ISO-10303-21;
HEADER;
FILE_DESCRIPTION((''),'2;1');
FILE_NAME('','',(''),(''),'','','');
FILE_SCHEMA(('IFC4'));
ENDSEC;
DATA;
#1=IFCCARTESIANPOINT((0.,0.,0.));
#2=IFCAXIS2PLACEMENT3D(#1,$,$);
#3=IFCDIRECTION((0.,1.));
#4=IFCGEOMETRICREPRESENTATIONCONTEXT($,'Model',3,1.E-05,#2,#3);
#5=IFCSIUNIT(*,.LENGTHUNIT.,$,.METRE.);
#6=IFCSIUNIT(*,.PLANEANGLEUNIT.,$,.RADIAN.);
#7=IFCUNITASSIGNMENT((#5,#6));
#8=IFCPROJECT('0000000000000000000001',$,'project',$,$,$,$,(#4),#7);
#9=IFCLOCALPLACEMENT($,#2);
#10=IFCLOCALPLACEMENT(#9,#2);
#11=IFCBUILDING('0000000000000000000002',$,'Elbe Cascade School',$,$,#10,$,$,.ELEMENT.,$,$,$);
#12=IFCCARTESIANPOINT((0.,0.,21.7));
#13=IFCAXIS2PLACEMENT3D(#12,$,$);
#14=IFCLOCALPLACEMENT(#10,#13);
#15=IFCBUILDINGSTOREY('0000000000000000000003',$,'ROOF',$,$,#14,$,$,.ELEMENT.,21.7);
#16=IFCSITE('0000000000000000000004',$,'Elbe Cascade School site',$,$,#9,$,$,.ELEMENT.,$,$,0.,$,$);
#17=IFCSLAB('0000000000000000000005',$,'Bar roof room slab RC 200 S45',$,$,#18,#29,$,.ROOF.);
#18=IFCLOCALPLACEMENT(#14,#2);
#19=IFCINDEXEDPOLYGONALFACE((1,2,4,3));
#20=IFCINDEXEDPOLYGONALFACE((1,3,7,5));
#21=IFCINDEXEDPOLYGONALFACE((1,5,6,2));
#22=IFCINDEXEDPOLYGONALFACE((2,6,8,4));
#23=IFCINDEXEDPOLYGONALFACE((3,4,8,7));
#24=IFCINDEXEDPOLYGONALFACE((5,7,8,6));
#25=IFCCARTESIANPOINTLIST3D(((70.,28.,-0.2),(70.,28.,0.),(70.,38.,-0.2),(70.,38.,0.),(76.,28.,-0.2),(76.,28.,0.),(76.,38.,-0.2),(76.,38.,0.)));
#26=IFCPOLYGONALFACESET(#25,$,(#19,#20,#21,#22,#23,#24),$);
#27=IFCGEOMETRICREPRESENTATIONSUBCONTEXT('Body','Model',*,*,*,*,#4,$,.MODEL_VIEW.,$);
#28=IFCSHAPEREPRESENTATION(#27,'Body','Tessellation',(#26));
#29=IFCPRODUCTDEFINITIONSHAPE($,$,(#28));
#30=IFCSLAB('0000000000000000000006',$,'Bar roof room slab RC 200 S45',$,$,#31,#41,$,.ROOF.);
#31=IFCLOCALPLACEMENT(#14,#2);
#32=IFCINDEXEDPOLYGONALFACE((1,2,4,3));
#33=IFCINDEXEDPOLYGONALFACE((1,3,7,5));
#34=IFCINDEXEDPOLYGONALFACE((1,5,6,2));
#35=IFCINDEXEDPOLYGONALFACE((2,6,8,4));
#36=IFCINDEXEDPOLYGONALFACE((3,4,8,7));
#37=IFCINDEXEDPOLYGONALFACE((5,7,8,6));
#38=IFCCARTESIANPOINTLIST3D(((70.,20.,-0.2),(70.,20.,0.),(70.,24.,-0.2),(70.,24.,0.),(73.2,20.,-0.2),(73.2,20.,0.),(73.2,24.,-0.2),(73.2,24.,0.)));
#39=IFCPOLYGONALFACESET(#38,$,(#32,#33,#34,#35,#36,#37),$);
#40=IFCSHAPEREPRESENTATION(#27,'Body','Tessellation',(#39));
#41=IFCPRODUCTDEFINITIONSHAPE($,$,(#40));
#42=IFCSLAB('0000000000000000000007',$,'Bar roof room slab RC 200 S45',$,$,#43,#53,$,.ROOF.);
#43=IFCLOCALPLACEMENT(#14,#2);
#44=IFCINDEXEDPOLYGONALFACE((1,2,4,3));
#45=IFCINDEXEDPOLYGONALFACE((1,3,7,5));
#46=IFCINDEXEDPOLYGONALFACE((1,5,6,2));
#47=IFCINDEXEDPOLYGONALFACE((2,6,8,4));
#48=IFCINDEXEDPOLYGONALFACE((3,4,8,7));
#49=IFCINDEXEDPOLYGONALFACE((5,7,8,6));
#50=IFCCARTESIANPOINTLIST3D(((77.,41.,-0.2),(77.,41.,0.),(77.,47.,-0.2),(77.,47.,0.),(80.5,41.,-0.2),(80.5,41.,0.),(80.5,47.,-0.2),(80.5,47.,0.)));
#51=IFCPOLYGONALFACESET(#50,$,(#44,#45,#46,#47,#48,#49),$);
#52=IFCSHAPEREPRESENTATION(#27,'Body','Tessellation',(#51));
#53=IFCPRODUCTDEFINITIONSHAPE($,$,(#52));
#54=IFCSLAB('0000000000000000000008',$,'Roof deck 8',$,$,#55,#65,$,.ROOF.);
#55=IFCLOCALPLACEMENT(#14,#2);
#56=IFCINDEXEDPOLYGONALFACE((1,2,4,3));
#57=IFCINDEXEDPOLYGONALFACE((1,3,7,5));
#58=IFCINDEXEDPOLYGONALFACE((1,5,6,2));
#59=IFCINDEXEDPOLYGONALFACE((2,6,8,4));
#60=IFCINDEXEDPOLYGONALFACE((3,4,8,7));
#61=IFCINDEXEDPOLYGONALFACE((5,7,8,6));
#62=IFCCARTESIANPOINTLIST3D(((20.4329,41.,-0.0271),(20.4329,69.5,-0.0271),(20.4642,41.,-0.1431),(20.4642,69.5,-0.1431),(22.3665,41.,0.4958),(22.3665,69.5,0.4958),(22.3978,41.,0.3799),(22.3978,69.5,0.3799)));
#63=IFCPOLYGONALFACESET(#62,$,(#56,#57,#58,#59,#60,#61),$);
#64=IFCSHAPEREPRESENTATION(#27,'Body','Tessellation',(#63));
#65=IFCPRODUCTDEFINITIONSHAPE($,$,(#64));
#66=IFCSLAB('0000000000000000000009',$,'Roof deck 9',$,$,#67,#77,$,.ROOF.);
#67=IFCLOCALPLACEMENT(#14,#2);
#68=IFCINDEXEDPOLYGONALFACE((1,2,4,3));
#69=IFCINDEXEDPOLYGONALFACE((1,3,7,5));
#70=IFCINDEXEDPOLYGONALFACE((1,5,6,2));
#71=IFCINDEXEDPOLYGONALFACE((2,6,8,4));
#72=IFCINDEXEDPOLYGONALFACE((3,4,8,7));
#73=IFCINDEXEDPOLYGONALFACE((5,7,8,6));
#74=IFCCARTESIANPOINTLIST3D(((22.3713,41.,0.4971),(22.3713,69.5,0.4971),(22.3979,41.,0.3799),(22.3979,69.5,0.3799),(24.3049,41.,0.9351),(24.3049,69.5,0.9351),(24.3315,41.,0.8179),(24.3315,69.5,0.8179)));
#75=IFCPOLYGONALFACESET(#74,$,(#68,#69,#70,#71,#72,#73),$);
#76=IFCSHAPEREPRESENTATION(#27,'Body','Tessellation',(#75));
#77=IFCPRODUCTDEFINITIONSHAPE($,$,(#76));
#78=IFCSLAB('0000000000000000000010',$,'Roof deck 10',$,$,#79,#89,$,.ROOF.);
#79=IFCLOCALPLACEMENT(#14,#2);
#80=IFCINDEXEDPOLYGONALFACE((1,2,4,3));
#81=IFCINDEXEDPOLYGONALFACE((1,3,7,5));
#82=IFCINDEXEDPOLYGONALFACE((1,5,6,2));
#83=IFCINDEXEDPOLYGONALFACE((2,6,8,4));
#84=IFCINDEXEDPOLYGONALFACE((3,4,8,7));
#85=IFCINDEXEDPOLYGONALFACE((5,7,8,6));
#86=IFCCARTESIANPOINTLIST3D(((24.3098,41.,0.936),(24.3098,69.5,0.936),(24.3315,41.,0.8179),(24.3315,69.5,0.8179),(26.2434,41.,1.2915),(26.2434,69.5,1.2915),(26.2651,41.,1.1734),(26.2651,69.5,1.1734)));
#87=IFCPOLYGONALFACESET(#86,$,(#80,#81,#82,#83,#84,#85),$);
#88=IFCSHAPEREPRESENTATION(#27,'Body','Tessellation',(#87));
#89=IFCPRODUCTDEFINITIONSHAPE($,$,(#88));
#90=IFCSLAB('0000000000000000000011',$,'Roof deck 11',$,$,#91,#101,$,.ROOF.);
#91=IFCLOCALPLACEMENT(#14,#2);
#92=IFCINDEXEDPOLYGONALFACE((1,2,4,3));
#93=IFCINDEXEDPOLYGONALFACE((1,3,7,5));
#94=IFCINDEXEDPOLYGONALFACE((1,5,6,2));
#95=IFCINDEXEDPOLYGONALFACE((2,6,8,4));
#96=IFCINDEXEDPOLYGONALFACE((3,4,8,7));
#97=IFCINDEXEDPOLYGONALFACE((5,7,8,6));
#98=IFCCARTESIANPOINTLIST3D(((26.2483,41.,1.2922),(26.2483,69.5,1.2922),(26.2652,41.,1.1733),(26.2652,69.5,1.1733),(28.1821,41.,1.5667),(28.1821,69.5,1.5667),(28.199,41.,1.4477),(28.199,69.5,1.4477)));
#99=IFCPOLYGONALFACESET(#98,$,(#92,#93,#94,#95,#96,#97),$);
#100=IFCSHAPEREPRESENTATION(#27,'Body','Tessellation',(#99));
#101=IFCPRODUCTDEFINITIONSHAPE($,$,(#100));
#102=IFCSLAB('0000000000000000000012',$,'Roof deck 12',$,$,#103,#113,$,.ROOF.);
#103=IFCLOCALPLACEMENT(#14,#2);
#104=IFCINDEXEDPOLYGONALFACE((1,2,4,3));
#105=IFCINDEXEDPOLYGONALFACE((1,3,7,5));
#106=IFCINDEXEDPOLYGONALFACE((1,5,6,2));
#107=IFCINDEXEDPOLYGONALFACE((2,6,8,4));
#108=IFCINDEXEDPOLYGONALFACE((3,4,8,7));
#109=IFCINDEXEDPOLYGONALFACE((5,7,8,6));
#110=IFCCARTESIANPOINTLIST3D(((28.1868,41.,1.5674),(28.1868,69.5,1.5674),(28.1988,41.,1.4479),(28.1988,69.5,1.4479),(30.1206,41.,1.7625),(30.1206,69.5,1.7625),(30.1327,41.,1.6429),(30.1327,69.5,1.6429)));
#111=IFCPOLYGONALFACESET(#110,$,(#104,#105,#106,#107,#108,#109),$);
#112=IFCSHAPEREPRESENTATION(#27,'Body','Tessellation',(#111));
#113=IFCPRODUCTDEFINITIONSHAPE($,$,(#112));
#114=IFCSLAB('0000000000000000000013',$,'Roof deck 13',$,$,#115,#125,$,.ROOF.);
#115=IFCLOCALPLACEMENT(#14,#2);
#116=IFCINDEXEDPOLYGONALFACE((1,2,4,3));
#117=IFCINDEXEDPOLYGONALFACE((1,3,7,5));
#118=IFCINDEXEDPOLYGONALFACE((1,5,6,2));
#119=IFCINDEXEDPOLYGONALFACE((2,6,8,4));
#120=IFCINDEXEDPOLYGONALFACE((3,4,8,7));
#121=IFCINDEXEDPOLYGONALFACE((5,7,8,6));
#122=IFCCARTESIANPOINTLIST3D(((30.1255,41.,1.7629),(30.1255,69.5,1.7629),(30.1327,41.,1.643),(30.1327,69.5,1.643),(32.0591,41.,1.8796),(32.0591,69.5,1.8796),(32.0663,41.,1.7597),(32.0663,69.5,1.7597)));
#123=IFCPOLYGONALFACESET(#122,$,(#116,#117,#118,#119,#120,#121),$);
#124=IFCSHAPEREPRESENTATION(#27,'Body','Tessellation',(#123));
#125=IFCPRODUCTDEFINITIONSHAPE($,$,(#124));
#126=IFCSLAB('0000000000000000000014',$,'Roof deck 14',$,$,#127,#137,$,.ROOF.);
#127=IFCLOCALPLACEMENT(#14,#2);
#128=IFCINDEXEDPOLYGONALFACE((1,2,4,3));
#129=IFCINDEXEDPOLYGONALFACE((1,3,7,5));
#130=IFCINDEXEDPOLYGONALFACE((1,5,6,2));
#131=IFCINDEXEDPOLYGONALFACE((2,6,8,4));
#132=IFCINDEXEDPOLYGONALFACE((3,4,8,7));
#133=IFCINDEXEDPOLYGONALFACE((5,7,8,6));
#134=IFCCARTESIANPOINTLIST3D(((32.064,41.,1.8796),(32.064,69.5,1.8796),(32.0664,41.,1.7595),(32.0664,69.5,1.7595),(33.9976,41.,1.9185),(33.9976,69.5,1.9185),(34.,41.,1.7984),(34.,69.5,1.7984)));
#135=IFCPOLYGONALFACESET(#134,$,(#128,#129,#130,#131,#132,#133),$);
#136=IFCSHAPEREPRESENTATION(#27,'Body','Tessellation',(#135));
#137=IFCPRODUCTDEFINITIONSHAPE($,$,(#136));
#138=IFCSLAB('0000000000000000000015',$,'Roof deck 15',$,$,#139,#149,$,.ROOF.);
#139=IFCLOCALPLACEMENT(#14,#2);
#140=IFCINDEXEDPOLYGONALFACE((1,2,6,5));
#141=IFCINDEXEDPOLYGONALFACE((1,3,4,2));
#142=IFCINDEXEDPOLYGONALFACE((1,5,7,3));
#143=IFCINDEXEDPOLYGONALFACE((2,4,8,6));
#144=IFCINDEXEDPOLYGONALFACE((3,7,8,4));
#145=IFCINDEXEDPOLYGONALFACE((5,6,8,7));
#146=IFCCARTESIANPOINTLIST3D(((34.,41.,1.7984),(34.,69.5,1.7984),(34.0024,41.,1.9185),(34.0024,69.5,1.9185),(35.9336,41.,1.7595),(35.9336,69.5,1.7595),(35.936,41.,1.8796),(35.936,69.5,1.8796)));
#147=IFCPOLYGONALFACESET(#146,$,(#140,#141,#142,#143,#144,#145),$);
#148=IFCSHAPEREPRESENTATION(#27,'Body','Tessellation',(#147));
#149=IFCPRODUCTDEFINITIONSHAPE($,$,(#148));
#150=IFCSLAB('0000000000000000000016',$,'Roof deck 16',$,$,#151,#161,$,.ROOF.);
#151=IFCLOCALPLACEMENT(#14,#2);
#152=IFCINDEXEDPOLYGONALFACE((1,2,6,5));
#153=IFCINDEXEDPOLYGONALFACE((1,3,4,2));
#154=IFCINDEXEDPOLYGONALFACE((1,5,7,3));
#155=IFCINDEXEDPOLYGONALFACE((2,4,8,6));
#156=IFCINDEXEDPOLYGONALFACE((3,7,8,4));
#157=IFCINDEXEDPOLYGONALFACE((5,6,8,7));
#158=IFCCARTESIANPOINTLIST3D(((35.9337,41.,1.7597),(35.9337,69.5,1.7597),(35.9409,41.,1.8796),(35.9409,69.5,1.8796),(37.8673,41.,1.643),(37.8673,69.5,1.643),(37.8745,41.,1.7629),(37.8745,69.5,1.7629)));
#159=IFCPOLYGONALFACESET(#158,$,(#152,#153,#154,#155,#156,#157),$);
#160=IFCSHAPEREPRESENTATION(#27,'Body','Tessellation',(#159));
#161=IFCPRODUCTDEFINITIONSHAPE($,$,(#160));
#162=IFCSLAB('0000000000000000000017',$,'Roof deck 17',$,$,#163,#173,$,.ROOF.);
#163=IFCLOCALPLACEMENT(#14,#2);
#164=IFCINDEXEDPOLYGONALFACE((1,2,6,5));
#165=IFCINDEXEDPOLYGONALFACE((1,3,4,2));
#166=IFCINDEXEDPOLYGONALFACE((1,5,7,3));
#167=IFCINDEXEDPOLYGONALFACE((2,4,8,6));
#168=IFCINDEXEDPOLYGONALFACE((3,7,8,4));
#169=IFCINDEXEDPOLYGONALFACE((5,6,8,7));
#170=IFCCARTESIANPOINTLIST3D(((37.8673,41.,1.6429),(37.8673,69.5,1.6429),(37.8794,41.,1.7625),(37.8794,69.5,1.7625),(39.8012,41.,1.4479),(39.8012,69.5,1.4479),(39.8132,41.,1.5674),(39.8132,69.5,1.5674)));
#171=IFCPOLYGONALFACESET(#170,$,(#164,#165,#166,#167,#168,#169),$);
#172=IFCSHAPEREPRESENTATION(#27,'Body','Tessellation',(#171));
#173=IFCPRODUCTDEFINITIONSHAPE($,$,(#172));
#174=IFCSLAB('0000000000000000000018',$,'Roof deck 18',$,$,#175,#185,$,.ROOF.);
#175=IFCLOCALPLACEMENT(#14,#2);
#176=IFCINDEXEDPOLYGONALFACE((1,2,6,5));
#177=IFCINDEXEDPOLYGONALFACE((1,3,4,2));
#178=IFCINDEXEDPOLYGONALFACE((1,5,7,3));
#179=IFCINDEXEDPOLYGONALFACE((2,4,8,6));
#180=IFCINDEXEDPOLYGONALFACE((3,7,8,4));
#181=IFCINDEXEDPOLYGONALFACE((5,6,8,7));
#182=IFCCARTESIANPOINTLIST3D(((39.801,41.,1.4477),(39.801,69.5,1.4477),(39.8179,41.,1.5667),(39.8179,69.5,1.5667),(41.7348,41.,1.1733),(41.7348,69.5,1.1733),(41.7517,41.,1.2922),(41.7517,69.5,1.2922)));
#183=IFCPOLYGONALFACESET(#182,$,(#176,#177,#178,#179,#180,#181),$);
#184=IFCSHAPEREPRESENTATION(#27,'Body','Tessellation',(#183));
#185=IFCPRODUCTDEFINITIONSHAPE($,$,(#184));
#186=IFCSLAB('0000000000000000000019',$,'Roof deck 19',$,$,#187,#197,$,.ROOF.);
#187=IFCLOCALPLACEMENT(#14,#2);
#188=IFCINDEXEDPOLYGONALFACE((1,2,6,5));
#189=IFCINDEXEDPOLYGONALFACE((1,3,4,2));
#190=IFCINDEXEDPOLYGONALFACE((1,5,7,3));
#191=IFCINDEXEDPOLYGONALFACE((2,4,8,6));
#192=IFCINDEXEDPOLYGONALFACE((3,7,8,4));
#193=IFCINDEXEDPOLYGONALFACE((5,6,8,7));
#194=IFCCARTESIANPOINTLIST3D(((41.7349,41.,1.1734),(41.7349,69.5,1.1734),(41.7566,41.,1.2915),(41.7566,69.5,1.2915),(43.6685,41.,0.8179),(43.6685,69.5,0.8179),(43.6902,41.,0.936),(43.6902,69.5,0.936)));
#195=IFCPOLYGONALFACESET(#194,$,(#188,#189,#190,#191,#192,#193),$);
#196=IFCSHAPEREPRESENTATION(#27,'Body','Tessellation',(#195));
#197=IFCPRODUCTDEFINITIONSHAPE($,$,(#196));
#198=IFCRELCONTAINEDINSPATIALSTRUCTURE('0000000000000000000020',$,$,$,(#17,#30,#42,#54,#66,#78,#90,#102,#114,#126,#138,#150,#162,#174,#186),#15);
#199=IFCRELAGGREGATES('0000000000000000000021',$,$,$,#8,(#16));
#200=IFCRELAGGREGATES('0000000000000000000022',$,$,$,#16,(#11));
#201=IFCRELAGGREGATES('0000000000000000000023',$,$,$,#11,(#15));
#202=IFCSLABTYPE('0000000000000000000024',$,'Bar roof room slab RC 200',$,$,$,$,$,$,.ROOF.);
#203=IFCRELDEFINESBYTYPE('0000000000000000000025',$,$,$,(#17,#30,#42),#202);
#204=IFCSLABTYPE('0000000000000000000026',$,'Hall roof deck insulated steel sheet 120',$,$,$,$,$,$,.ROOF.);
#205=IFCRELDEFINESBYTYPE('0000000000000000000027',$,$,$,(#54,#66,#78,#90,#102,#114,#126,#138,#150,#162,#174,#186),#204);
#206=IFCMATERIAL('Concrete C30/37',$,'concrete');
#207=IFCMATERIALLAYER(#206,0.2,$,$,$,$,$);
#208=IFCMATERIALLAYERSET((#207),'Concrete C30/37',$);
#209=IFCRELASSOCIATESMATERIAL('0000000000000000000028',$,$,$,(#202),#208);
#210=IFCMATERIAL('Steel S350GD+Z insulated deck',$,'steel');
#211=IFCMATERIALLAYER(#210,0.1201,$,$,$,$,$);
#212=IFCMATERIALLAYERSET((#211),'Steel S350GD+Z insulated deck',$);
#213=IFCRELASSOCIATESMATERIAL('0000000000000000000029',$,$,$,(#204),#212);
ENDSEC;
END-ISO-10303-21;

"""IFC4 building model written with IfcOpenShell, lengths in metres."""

from ifc_helpers import new_model, si_unit, direction, frame, origin, place, context, subcontext, project, spatial, polyline, outline, extrude, material, layer, layer_set, type_object, element, save


model = new_model("IFC4")

# Units and contexts
model_context = context("Model", 3, precision=1e-05, world=origin(), true_north=direction((0.0, 1.0)))
body_context = subcontext(model_context, "Body", "Model", "MODEL_VIEW")
ifc_project = project(units=[si_unit("LENGTHUNIT", "METRE"), si_unit("PLANEANGLEUNIT", "RADIAN")], contexts=[model_context])

# Site, building, storey
site_placement = place(None, origin())
site = spatial("IfcSite", under=ifc_project, at=site_placement, Name="Elbe Cascade School site", CompositionType="ELEMENT", RefElevation=0.0)
building_placement = place(site_placement, origin())
building = spatial("IfcBuilding", under=site, at=building_placement, Name="Elbe Cascade School", CompositionType="ELEMENT")
storey_placement = place(building_placement, frame((0.0, 0.0, 21.7)))
storey = spatial("IfcBuildingStorey", under=building, at=storey_placement, Name="ROOF", CompositionType="ELEMENT", Elevation=21.7)

# Slabs
ifc_material_1 = material(Name="Concrete C30/37", Category="concrete")
ifc_layer_1 = layer(ifc_material_1, 0.2)
ifc_layer_set_1 = layer_set([ifc_layer_1], Name="Concrete C30/37")
slab_type_1 = type_object("IfcSlabType", Name="Bar roof room slab RC 200", PredefinedType="ROOF", material=ifc_layer_set_1)
slab_1_placement = place(storey_placement, frame((0.0, 0.0, -0.2)))
element("IfcSlab", 1, at=slab_1_placement, inside=storey, type_object=slab_type_1, Name="Bar roof room slab RC 200 S45", PredefinedType="ROOF", context=body_context, shape_type="SweptSolid", body=[
    extrude(outline(polyline([(70.0, 28.0), (76.0, 28.0), (76.0, 38.0), (70.0, 38.0), (70.0, 28.0)])), origin(), (0.0, 0.0, 1.0), 0.2),
])
slab_2_placement = place(storey_placement, frame((0.0, 0.0, -0.2)))
element("IfcSlab", 2, at=slab_2_placement, inside=storey, type_object=slab_type_1, Name="Bar roof room slab RC 200 S45", PredefinedType="ROOF", context=body_context, shape_type="SweptSolid", body=[
    extrude(outline(polyline([(70.0, 20.0), (73.2, 20.0), (73.2, 24.0), (70.0, 24.0), (70.0, 20.0)])), origin(), (0.0, 0.0, 1.0), 0.2),
])
slab_3_placement = place(storey_placement, frame((0.0, 0.0, -0.2)))
element("IfcSlab", 3, at=slab_3_placement, inside=storey, type_object=slab_type_1, Name="Bar roof room slab RC 200 S45", PredefinedType="ROOF", context=body_context, shape_type="SweptSolid", body=[
    extrude(outline(polyline([(77.0, 41.0), (80.5, 41.0), (80.5, 47.0), (77.0, 47.0), (77.0, 41.0)])), origin(), (0.0, 0.0, 1.0), 0.2),
])
ifc_material_2 = material(Name="Steel S350GD+Z insulated deck", Category="steel")
ifc_layer_2 = layer(ifc_material_2, 0.1201)
ifc_layer_set_2 = layer_set([ifc_layer_2], Name="Steel S350GD+Z insulated deck")
slab_type_2 = type_object("IfcSlabType", Name="Hall roof deck insulated steel sheet 120", PredefinedType="ROOF", material=ifc_layer_set_2)
slab_4_placement = place(storey_placement, frame((20.4329, 41.0, -0.0271), z_axis=(-0.261075, 0.0, 0.965319), x_axis=(0.965319, 0.0, 0.261075)))
element("IfcSlab", 4, at=slab_4_placement, inside=storey, type_object=slab_type_2, Name="Roof deck 8", PredefinedType="ROOF", context=body_context, shape_type="SweptSolid", body=[
    extrude(outline(polyline([(0.0, 0.0), (2.0031, 0.0), (2.0031, 28.5), (0.0, 28.5), (0.0, 0.0)])), origin(), (0.0, 0.0, -1.0), 0.1201),
])
slab_5_placement = place(storey_placement, frame((22.3713, 41.0, 0.4971), z_axis=(-0.220918, 0.0, 0.975292), x_axis=(0.975292, 0.0, 0.220918)))
element("IfcSlab", 5, at=slab_5_placement, inside=storey, type_object=slab_type_2, Name="Roof deck 9", PredefinedType="ROOF", context=body_context, shape_type="SweptSolid", body=[
    extrude(outline(polyline([(0.0, 0.0), (1.9826, 0.0), (1.9826, 28.5), (0.0, 28.5), (0.0, 0.0)])), origin(), (0.0, 0.0, -1.0), 0.1201),
])
slab_6_placement = place(storey_placement, frame((24.3098, 41.0, 0.936), z_axis=(-0.180808, 0.0, 0.983518), x_axis=(0.983518, 0.0, 0.180808)))
element("IfcSlab", 6, at=slab_6_placement, inside=storey, type_object=slab_type_2, Name="Roof deck 10", PredefinedType="ROOF", context=body_context, shape_type="SweptSolid", body=[
    extrude(outline(polyline([(0.0, 0.0), (1.966, 0.0), (1.966, 28.5), (0.0, 28.5), (0.0, 0.0)])), origin(), (0.0, 0.0, -1.0), 0.1201),
])
slab_7_placement = place(storey_placement, frame((26.2483, 41.0, 1.2922), z_axis=(-0.140494, 0.0, 0.990082), x_axis=(0.990082, 0.0, 0.140494)))
element("IfcSlab", 7, at=slab_7_placement, inside=storey, type_object=slab_type_2, Name="Roof deck 11", PredefinedType="ROOF", context=body_context, shape_type="SweptSolid", body=[
    extrude(outline(polyline([(0.0, 0.0), (1.9532, 0.0), (1.9532, 28.5), (0.0, 28.5), (0.0, 0.0)])), origin(), (0.0, 0.0, -1.0), 0.1201),
])
slab_8_placement = place(storey_placement, frame((28.1868, 41.0, 1.5674), z_axis=(-0.100362, 0.0, 0.994951), x_axis=(0.994951, 0.0, 0.100362)))
element("IfcSlab", 8, at=slab_8_placement, inside=storey, type_object=slab_type_2, Name="Roof deck 12", PredefinedType="ROOF", context=body_context, shape_type="SweptSolid", body=[
    extrude(outline(polyline([(0.0, 0.0), (1.9437, 0.0), (1.9437, 28.5), (0.0, 28.5), (0.0, 0.0)])), origin(), (0.0, 0.0, -1.0), 0.1201),
])
slab_9_placement = place(storey_placement, frame((30.1255, 41.0, 1.7629), z_axis=(-0.060244, 0.0, 0.998184), x_axis=(0.998184, 0.0, 0.060244)))
element("IfcSlab", 9, at=slab_9_placement, inside=storey, type_object=slab_type_2, Name="Roof deck 13", PredefinedType="ROOF", context=body_context, shape_type="SweptSolid", body=[
    extrude(outline(polyline([(0.0, 0.0), (1.9371, 0.0), (1.9371, 28.5), (0.0, 28.5), (0.0, 0.0)])), origin(), (0.0, 0.0, -1.0), 0.1201),
])
for number, where, z_axis, x_axis, name in (
    (10, (32.064, 41.0, 1.8796), (-0.020072, 0.0, 0.999799), (0.999799, 0.0, 0.020072), "Roof deck 14"),
    (11, (34.0024, 41.0, 1.9185), (0.020072, 0.0, 0.999799), (0.999799, 0.0, -0.020072), "Roof deck 15"),
):
    element("IfcSlab", number, at=place(storey_placement, frame(where, z_axis=z_axis, x_axis=x_axis)), inside=storey, type_object=slab_type_2, Name=name, PredefinedType="ROOF", context=body_context, shape_type="SweptSolid", body=[
        extrude(outline(polyline([(0.0, 0.0), (1.934, 0.0), (1.934, 28.5), (0.0, 28.5), (0.0, 0.0)])), origin(), (0.0, 0.0, -1.0), 0.1201),
    ])
slab_10_placement = place(storey_placement, frame((35.9409, 41.0, 1.8796), z_axis=(0.060244, 0.0, 0.998184), x_axis=(0.998184, 0.0, -0.060244)))
element("IfcSlab", 12, at=slab_10_placement, inside=storey, type_object=slab_type_2, Name="Roof deck 16", PredefinedType="ROOF", context=body_context, shape_type="SweptSolid", body=[
    extrude(outline(polyline([(0.0, 0.0), (1.9371, 0.0), (1.9371, 28.5), (0.0, 28.5), (0.0, 0.0)])), origin(), (0.0, 0.0, -1.0), 0.1201),
])
slab_11_placement = place(storey_placement, frame((37.8794, 41.0, 1.7625), z_axis=(0.100362, 0.0, 0.994951), x_axis=(0.994951, 0.0, -0.100362)))
element("IfcSlab", 13, at=slab_11_placement, inside=storey, type_object=slab_type_2, Name="Roof deck 17", PredefinedType="ROOF", context=body_context, shape_type="SweptSolid", body=[
    extrude(outline(polyline([(0.0, 0.0), (1.9437, 0.0), (1.9437, 28.5), (0.0, 28.5), (0.0, 0.0)])), origin(), (0.0, 0.0, -1.0), 0.1201),
])
slab_12_placement = place(storey_placement, frame((39.8179, 41.0, 1.5667), z_axis=(0.140494, 0.0, 0.990082), x_axis=(0.990082, 0.0, -0.140494)))
element("IfcSlab", 14, at=slab_12_placement, inside=storey, type_object=slab_type_2, Name="Roof deck 18", PredefinedType="ROOF", context=body_context, shape_type="SweptSolid", body=[
    extrude(outline(polyline([(0.0, 0.0), (1.9532, 0.0), (1.9532, 28.5), (0.0, 28.5), (0.0, 0.0)])), origin(), (0.0, 0.0, -1.0), 0.1201),
])
slab_13_placement = place(storey_placement, frame((41.7566, 41.0, 1.2915), z_axis=(0.180808, 0.0, 0.983518), x_axis=(0.983518, 0.0, -0.180808)))
element("IfcSlab", 15, at=slab_13_placement, inside=storey, type_object=slab_type_2, Name="Roof deck 19", PredefinedType="ROOF", context=body_context, shape_type="SweptSolid", body=[
    extrude(outline(polyline([(0.0, 0.0), (1.966, 0.0), (1.966, 28.5), (0.0, 28.5), (0.0, 0.0)])), origin(), (0.0, 0.0, -1.0), 0.1201),
])

save(model, "model.ifc")
